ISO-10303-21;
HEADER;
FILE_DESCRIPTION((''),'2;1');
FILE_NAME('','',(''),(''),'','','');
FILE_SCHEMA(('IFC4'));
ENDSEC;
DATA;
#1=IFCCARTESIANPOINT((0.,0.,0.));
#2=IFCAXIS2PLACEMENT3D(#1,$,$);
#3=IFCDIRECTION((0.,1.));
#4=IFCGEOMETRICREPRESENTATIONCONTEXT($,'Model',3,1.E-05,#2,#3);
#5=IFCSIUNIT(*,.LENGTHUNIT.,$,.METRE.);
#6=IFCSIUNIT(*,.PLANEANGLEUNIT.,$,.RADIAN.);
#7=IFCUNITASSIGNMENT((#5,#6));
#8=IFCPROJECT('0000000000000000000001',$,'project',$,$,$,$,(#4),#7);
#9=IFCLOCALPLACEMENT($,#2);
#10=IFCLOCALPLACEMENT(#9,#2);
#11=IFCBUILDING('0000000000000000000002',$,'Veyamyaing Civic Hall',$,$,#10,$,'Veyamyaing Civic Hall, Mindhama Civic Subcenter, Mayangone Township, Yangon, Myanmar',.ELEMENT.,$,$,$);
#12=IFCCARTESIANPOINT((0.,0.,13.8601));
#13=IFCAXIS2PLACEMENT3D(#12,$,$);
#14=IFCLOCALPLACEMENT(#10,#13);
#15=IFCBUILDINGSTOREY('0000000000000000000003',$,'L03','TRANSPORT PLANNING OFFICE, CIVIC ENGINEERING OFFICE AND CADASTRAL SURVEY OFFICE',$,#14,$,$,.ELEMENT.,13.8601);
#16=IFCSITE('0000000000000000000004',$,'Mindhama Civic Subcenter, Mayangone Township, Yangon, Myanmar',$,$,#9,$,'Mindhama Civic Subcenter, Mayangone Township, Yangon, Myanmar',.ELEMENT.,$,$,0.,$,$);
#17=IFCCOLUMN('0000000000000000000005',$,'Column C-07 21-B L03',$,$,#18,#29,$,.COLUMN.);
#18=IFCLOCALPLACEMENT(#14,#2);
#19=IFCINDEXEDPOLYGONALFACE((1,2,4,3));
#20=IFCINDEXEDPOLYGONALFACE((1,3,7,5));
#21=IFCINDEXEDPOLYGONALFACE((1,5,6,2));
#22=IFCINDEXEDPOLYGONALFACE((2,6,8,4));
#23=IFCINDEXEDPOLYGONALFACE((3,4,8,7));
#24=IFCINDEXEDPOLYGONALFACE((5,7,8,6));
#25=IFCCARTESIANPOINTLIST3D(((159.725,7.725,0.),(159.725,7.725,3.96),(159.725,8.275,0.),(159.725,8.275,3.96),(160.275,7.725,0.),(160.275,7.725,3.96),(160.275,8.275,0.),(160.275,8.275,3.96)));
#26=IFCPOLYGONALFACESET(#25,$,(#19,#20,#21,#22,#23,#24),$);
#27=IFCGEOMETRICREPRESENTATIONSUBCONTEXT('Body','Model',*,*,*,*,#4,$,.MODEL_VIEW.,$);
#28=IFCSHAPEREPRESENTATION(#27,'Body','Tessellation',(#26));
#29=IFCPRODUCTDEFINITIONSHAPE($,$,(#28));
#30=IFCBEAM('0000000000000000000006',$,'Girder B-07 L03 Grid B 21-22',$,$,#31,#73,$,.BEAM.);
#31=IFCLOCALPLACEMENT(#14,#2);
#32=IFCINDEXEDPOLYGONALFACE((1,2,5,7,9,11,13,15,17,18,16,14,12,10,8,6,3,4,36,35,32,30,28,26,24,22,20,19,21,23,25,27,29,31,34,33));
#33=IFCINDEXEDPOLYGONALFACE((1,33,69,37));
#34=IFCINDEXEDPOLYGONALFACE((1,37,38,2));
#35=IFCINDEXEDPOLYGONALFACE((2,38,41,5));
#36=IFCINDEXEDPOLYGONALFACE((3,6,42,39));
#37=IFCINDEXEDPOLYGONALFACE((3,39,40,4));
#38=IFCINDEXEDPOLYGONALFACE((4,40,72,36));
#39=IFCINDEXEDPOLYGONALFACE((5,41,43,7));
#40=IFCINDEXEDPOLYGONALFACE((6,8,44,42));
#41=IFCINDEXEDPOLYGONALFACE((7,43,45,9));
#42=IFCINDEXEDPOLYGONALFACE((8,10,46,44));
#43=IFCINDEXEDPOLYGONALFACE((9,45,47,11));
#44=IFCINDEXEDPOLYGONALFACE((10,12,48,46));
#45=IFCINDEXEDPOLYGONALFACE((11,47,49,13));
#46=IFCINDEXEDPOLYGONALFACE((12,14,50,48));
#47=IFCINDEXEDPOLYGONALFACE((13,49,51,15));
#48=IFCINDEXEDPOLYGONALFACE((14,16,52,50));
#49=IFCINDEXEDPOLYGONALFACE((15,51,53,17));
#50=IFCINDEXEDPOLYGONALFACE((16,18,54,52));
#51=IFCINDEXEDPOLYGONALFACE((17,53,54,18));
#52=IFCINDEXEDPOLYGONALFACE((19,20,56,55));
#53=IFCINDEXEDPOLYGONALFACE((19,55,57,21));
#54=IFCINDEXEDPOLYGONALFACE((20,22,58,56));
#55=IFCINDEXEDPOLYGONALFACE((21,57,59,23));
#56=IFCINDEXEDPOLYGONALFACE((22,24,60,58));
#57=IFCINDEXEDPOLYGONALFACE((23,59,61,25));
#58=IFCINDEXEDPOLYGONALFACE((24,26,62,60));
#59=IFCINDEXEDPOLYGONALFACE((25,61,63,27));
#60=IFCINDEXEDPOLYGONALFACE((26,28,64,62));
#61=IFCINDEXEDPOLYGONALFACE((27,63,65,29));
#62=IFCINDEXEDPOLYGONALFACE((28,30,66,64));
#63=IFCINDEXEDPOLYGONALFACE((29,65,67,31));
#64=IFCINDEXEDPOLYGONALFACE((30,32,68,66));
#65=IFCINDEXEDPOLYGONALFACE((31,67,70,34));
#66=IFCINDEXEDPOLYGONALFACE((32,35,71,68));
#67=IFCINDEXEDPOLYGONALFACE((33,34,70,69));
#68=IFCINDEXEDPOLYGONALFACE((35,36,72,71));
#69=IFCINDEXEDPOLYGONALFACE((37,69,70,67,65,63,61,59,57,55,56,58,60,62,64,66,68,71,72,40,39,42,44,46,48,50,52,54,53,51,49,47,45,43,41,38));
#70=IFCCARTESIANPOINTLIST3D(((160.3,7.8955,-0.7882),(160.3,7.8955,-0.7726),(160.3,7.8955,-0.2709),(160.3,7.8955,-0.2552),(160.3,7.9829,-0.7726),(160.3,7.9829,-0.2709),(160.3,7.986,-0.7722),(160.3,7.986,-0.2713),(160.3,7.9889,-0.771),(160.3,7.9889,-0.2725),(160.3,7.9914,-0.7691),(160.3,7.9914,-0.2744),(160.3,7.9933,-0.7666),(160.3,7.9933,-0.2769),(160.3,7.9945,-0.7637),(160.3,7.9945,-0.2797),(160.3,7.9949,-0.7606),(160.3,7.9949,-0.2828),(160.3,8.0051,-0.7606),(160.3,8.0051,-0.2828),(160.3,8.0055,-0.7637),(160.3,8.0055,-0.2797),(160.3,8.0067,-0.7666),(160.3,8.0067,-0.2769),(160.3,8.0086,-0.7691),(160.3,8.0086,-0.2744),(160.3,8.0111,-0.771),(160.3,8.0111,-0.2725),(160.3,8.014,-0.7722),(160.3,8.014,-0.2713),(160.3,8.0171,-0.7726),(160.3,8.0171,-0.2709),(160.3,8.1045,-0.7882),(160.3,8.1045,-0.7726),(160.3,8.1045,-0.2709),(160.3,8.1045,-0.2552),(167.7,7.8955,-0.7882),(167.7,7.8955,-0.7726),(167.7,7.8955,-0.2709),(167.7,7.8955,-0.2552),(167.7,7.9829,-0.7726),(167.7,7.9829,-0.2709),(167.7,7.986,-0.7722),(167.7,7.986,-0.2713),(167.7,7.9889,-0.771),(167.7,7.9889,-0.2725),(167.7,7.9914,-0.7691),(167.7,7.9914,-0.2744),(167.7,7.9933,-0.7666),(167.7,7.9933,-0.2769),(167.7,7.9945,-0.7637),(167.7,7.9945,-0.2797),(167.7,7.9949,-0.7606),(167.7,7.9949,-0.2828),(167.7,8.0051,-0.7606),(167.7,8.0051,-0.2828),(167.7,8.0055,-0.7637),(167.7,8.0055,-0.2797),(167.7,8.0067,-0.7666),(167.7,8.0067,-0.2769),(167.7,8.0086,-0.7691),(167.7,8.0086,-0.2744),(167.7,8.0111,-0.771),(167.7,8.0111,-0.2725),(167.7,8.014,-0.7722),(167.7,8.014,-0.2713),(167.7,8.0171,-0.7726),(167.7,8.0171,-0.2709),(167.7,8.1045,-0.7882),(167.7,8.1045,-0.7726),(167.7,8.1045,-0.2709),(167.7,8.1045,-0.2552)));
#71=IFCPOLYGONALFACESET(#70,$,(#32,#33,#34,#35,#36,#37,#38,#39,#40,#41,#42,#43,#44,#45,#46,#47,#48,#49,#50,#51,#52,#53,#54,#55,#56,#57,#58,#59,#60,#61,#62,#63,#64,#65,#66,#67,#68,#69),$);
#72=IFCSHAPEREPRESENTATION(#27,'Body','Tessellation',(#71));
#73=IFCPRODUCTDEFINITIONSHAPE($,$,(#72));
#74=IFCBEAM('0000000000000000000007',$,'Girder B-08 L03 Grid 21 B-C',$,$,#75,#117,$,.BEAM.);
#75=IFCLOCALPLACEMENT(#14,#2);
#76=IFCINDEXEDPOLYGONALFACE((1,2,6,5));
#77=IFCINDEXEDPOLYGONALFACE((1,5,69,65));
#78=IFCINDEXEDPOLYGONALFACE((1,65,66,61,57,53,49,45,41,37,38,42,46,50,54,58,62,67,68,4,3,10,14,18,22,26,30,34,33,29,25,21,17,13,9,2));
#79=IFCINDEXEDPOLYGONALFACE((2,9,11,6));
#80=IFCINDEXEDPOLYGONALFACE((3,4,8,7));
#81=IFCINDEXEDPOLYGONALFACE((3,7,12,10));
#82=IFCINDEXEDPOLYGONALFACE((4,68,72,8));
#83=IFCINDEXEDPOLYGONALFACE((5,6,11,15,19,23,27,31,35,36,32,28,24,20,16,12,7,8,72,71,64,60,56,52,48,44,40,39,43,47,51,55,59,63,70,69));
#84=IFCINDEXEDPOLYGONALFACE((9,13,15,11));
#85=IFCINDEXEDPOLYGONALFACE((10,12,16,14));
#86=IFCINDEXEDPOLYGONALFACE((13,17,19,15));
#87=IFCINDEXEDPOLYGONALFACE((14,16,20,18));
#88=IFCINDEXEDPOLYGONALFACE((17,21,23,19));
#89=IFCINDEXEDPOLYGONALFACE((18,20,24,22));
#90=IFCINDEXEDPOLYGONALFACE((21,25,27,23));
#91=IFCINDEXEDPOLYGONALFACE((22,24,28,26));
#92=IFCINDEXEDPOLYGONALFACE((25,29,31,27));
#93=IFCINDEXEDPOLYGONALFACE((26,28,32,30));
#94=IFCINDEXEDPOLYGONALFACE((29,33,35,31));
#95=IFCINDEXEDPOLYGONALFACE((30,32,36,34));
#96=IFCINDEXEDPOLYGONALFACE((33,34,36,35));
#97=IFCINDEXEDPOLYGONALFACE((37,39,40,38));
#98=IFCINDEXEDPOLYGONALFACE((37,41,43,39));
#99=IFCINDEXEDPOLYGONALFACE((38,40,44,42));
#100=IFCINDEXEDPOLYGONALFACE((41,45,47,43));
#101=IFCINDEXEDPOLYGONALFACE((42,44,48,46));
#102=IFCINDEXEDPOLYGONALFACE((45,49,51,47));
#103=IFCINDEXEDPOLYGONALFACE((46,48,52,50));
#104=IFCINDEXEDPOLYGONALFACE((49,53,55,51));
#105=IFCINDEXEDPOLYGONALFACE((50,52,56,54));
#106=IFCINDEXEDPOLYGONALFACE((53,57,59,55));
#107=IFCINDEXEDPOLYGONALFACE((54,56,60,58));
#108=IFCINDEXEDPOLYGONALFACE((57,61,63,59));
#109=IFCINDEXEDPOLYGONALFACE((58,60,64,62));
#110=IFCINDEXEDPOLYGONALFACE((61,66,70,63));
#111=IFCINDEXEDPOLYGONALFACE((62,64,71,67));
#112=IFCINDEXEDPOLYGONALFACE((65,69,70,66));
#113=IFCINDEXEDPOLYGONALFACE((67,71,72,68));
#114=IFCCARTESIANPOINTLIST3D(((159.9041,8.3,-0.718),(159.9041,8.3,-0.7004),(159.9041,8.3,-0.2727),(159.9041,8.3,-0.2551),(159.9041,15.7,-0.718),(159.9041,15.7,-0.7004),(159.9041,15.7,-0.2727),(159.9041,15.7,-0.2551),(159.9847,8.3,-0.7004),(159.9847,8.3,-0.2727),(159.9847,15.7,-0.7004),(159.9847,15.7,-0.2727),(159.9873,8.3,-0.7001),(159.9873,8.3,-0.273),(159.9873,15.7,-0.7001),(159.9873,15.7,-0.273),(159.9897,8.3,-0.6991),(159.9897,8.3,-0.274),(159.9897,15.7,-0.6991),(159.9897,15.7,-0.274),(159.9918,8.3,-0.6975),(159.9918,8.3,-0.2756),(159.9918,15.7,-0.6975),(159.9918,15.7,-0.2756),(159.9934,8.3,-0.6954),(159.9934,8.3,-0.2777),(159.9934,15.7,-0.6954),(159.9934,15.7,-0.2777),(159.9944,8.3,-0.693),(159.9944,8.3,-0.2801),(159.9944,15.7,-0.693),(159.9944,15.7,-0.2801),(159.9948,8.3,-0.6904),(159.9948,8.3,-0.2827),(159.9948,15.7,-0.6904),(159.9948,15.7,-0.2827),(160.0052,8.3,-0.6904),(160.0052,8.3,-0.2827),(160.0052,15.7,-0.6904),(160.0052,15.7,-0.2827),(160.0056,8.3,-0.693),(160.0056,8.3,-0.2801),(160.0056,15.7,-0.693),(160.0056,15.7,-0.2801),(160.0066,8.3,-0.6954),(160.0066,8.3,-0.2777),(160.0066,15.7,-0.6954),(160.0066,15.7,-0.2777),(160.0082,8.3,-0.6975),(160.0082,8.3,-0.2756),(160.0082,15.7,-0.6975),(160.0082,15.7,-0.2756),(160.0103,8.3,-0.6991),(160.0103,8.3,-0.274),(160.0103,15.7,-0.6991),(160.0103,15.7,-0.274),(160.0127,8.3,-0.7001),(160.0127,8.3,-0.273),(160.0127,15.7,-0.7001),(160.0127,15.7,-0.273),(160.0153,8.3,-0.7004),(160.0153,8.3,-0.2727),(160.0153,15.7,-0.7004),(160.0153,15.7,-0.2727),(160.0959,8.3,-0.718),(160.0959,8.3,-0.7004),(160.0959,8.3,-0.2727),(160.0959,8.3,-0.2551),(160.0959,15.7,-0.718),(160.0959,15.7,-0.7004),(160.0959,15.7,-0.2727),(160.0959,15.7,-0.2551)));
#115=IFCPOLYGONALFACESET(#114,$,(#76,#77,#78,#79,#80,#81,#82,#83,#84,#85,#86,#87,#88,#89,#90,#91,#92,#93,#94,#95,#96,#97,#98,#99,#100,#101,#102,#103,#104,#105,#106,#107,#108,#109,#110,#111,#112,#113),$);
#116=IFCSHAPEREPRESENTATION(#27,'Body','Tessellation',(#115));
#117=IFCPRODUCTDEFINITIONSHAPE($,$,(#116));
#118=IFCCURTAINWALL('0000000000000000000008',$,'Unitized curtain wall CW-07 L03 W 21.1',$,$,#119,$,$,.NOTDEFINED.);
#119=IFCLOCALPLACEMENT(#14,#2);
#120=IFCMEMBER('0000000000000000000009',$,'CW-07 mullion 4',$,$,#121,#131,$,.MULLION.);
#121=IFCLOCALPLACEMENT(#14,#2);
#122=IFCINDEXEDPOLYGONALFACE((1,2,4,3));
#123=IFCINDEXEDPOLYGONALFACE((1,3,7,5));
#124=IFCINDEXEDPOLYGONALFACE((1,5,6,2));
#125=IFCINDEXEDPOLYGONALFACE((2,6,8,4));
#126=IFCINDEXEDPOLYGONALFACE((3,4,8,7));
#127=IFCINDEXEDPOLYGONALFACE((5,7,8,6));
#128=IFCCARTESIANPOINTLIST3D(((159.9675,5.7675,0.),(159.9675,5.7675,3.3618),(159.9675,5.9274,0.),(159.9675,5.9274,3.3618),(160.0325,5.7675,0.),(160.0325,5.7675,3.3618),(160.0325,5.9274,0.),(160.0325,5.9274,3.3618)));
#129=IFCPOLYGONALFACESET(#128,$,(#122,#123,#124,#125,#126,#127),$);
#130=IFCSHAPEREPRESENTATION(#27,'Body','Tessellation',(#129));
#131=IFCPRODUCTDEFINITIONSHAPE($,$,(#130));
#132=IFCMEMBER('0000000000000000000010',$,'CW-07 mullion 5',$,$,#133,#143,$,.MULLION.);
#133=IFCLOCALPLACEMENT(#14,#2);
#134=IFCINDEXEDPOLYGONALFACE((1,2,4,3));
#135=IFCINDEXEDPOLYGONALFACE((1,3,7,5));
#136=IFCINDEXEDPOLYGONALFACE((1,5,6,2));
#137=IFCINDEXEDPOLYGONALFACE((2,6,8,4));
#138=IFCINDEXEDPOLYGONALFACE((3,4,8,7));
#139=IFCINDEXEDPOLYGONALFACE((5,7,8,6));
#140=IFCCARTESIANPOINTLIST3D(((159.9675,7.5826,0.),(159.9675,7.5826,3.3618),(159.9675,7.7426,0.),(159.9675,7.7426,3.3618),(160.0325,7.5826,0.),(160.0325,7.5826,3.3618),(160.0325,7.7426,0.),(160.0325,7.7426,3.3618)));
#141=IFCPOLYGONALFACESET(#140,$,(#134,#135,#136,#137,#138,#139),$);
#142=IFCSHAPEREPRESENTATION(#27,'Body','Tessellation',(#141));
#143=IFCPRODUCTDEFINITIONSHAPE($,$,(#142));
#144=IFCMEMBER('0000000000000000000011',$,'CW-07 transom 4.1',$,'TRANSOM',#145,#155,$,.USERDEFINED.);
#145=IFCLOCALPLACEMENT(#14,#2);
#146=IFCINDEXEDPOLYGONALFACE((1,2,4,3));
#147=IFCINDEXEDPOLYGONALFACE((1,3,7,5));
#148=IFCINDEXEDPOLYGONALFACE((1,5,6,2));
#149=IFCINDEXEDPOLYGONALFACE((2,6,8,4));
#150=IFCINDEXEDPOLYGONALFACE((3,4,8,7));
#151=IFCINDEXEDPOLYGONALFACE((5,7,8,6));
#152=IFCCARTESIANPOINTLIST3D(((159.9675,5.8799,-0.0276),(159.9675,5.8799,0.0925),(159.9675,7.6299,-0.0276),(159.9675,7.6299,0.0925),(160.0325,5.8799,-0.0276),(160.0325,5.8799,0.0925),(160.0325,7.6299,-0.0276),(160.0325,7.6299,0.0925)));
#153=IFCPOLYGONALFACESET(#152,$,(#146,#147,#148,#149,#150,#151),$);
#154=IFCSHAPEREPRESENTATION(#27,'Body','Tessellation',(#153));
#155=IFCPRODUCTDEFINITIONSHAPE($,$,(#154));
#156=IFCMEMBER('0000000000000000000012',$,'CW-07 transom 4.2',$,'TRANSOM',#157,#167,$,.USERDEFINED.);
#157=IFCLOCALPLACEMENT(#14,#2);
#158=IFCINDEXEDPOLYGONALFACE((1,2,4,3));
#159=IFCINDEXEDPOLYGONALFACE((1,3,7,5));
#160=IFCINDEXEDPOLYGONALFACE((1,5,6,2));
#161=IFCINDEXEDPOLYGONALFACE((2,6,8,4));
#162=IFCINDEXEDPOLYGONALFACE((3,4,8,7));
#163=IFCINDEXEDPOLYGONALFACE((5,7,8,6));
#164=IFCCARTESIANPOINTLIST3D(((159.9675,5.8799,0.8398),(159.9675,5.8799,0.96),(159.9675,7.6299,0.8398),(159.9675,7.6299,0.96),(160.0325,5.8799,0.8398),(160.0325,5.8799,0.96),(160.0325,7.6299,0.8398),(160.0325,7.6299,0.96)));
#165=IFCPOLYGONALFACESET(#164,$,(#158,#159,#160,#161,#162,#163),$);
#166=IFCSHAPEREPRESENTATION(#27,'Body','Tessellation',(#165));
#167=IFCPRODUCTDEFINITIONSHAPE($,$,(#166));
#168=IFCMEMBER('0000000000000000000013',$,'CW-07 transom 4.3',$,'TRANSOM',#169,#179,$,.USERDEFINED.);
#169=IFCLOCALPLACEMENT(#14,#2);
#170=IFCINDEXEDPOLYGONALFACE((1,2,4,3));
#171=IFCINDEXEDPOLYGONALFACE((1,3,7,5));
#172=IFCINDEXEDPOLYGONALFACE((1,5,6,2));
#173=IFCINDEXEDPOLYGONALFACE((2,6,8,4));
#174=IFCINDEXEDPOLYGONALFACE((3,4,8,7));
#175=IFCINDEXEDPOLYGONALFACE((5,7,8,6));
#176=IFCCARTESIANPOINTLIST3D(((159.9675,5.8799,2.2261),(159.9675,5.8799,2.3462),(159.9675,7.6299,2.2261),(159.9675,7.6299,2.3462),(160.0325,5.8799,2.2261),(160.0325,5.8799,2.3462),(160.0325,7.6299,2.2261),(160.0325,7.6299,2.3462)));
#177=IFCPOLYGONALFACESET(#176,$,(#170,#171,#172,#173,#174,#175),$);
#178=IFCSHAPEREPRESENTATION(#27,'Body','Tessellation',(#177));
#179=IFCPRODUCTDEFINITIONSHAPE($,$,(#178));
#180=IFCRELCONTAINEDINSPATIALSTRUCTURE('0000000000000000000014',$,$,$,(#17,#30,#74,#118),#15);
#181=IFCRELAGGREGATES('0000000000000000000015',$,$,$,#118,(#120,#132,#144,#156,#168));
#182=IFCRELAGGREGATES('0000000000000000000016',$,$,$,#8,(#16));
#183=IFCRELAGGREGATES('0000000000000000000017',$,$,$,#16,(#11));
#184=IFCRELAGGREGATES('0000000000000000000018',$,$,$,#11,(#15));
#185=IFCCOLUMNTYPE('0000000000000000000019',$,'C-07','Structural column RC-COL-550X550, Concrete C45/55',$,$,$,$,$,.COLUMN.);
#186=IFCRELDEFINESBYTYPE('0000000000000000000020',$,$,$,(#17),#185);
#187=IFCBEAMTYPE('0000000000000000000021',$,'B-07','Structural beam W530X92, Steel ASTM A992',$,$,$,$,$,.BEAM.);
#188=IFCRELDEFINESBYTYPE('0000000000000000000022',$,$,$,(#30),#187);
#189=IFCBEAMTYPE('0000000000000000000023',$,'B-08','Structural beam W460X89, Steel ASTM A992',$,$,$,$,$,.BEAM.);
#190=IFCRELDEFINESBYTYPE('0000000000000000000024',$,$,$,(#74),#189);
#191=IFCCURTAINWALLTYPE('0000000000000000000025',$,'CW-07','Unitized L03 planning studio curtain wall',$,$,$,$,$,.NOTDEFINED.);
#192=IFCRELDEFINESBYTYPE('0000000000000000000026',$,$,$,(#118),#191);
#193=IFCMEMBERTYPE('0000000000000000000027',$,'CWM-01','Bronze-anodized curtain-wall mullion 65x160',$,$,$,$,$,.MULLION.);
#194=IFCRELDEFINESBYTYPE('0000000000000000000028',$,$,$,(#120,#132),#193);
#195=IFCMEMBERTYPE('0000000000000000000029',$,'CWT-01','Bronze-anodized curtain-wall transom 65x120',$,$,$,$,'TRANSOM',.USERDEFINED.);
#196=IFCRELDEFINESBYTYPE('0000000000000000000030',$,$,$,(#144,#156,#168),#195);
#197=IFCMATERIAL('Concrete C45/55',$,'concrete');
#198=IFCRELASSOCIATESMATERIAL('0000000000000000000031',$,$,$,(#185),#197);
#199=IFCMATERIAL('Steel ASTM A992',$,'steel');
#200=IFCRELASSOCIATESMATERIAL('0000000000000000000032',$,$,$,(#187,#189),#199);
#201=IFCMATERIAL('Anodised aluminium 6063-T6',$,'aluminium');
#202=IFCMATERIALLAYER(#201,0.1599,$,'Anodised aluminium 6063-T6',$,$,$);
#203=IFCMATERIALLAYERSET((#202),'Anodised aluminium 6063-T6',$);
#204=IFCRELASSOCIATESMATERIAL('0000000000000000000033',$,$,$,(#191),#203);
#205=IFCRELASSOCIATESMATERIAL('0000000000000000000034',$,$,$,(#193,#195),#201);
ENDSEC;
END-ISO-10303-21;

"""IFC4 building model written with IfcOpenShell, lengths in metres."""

from ifc_helpers import new_model, si_unit, direction, frame, origin, origin_2d, place, context, subcontext, project, spatial, rectangle, i_section, extrude, material, layer, layer_set, material_profile, profile_set, type_object, element, aggregate, save


model = new_model("IFC4")

# Units and contexts
model_context = context("Model", 3, precision=1e-05, world=origin(), true_north=direction((0.0, 1.0)))
body_context = subcontext(model_context, "Body", "Model", "MODEL_VIEW")
ifc_project = project(units=[si_unit("LENGTHUNIT", "METRE"), si_unit("PLANEANGLEUNIT", "RADIAN")], contexts=[model_context])

# Site, building, storey
site_placement = place(None, origin())
site = spatial("IfcSite", under=ifc_project, at=site_placement, Name="Mindhama Civic Subcenter, Mayangone Township, Yangon, Myanmar", LongName="Mindhama Civic Subcenter, Mayangone Township, Yangon, Myanmar", CompositionType="ELEMENT", RefElevation=0.0)
building_placement = place(site_placement, origin())
building = spatial("IfcBuilding", under=site, at=building_placement, Name="Veyamyaing Civic Hall", LongName="Veyamyaing Civic Hall, Mindhama Civic Subcenter, Mayangone Township, Yangon, Myanmar", CompositionType="ELEMENT")
storey_placement = place(building_placement, frame((0.0, 0.0, 13.8601)))
storey = spatial("IfcBuildingStorey", under=building, at=storey_placement, Name="L03", Description="TRANSPORT PLANNING OFFICE, CIVIC ENGINEERING OFFICE AND CADASTRAL SURVEY OFFICE", CompositionType="ELEMENT", Elevation=13.8601)

# Column
ifc_material_1 = material(Name="Concrete C45/55", Category="concrete")
ifc_material_profile_1 = material_profile(ifc_material_1, rectangle(XDim=0.55, YDim=0.55, at=origin_2d()), Name="RC-COL-550X550")
ifc_profile_set_1 = profile_set([ifc_material_profile_1], Name="Concrete C45/55")
column_type = type_object("IfcColumnType", Name="C-07", Description="Structural column RC-COL-550X550, Concrete C45/55", PredefinedType="COLUMN", material=ifc_profile_set_1)
column_placement = place(storey_placement, frame((160.0, 8.0, 0.0), z_axis=(0.0, 0.0, 1.0), x_axis=(1.0, 0.0, 0.0)))
element("IfcColumn", 1, at=column_placement, inside=storey, type_object=column_type, Name="Column C-07 21-B L03", PredefinedType="COLUMN", context=body_context, shape_type="SweptSolid", body=[
    extrude(rectangle(XDim=0.55, YDim=0.55, at=origin_2d()), origin(), (0.0, 0.0, 1.0), 3.96),
])

# Beams
ifc_material_2 = material(Name="Steel ASTM A992", Category="steel")
ifc_material_profile_2 = material_profile(ifc_material_2, i_section(OverallWidth=0.209, OverallDepth=0.533, WebThickness=0.0103, FlangeThickness=0.0156, FilletRadius=0.012, at=origin_2d()), Name="W530X92")
ifc_profile_set_2 = profile_set([ifc_material_profile_2], Name="Steel ASTM A992")
beam_type_1 = type_object("IfcBeamType", Name="B-07", Description="Structural beam W530X92, Steel ASTM A992", PredefinedType="BEAM", material=ifc_profile_set_2)
beam_1_placement = place(storey_placement, frame((160.3, 8.0, -0.5217), z_axis=(1.0, 0.0, 0.0), x_axis=(0.0, 1.0, 0.0)))
element("IfcBeam", 2, at=beam_1_placement, inside=storey, type_object=beam_type_1, Name="Girder B-07 L03 Grid B 21-22", PredefinedType="BEAM", context=body_context, shape_type="SweptSolid", body=[
    extrude(i_section(OverallWidth=0.209, OverallDepth=0.533, WebThickness=0.0103, FlangeThickness=0.0156, FilletRadius=0.012, at=origin_2d()), origin(), (0.0, 0.0, 1.0), 7.3999),
])
ifc_material_profile_3 = material_profile(ifc_material_2, i_section(OverallWidth=0.1919, OverallDepth=0.4629, WebThickness=0.0105, FlangeThickness=0.0176, FilletRadius=0.01, at=origin_2d()), Name="W460X89")
ifc_profile_set_3 = profile_set([ifc_material_profile_3], Name="Steel ASTM A992")
beam_type_2 = type_object("IfcBeamType", Name="B-08", Description="Structural beam W460X89, Steel ASTM A992", PredefinedType="BEAM", material=ifc_profile_set_3)
beam_2_placement = place(storey_placement, frame((160.0, 8.3, -0.4866), z_axis=(0.0, 1.0, 0.0), x_axis=(-1.0, 0.0, 0.0)))
element("IfcBeam", 3, at=beam_2_placement, inside=storey, type_object=beam_type_2, Name="Girder B-08 L03 Grid 21 B-C", PredefinedType="BEAM", context=body_context, shape_type="SweptSolid", body=[
    extrude(i_section(OverallWidth=0.1919, OverallDepth=0.4629, WebThickness=0.0105, FlangeThickness=0.0176, FilletRadius=0.01, at=origin_2d()), origin(), (0.0, 0.0, 1.0), 7.3999),
])

# Curtain wall, members
ifc_material_3 = material(Name="Anodised aluminium 6063-T6", Category="aluminium")
ifc_layer_1 = layer(ifc_material_3, 0.1599, Name="Anodised aluminium 6063-T6")
ifc_layer_set_1 = layer_set([ifc_layer_1], Name="Anodised aluminium 6063-T6")
curtain_wall_type = type_object("IfcCurtainWallType", Name="CW-07", Description="Unitized L03 planning studio curtain wall", PredefinedType="NOTDEFINED", material=ifc_layer_set_1)
curtain_wall_placement = place(storey_placement, origin())
curtain_wall = element("IfcCurtainWall", 4, at=curtain_wall_placement, inside=storey, type_object=curtain_wall_type, Name="Unitized curtain wall CW-07 L03 W 21.1", PredefinedType="NOTDEFINED")
ifc_material_profile_4 = material_profile(ifc_material_3, rectangle(XDim=0.0649, YDim=0.1599, at=origin_2d()), Name="ALU-MUL-65X160")
ifc_profile_set_4 = profile_set([ifc_material_profile_4], Name="Anodised aluminium 6063-T6")
member_type_1 = type_object("IfcMemberType", Name="CWM-01", Description="Bronze-anodized curtain-wall mullion 65x160", PredefinedType="MULLION", material=ifc_profile_set_4)
member_1_placement = place(storey_placement, frame((160.0, 5.8474, 0.0), z_axis=(0.0, 0.0, 1.0), x_axis=(-1.0, 0.0, 0.0)))
member_1 = element("IfcMember", 5, at=member_1_placement, type_object=member_type_1, Name="CW-07 mullion 4", PredefinedType="MULLION", context=body_context, shape_type="SweptSolid", body=[
    extrude(rectangle(XDim=0.0649, YDim=0.1599, at=origin_2d()), origin(), (0.0, 0.0, 1.0), 3.3618),
])
member_2_placement = place(storey_placement, frame((160.0, 7.6626, 0.0), z_axis=(0.0, 0.0, 1.0), x_axis=(-1.0, 0.0, 0.0)))
member_2 = element("IfcMember", 6, at=member_2_placement, type_object=member_type_1, Name="CW-07 mullion 5", PredefinedType="MULLION", context=body_context, shape_type="SweptSolid", body=[
    extrude(rectangle(XDim=0.0649, YDim=0.1599, at=origin_2d()), origin(), (0.0, 0.0, 1.0), 3.3618),
])
ifc_material_profile_5 = material_profile(ifc_material_3, rectangle(XDim=0.0649, YDim=0.1201, at=origin_2d()), Name="ALU-TRN-65X120")
ifc_profile_set_5 = profile_set([ifc_material_profile_5], Name="Anodised aluminium 6063-T6")
member_type_2 = type_object("IfcMemberType", Name="CWT-01", Description="Bronze-anodized curtain-wall transom 65x120", ElementType="TRANSOM", PredefinedType="USERDEFINED", material=ifc_profile_set_5)
member_3_placement = place(storey_placement, frame((160.0, 5.8799, 0.0325), z_axis=(0.0, 1.0, 0.0), x_axis=(-1.0, 0.0, 0.0)))
member_3 = element("IfcMember", 7, at=member_3_placement, type_object=member_type_2, Name="CW-07 transom 4.1", ObjectType="TRANSOM", PredefinedType="USERDEFINED", context=body_context, shape_type="SweptSolid", body=[
    extrude(rectangle(XDim=0.0649, YDim=0.1201, at=origin_2d()), origin(), (0.0, 0.0, 1.0), 1.75),
])
member_4_placement = place(storey_placement, frame((160.0, 5.8799, 0.8999), z_axis=(0.0, 1.0, 0.0), x_axis=(-1.0, 0.0, 0.0)))
member_4 = element("IfcMember", 8, at=member_4_placement, type_object=member_type_2, Name="CW-07 transom 4.2", ObjectType="TRANSOM", PredefinedType="USERDEFINED", context=body_context, shape_type="SweptSolid", body=[
    extrude(rectangle(XDim=0.0649, YDim=0.1201, at=origin_2d()), origin(), (0.0, 0.0, 1.0), 1.75),
])
member_5_placement = place(storey_placement, frame((160.0, 5.8799, 2.2861), z_axis=(0.0, 1.0, 0.0), x_axis=(-1.0, 0.0, 0.0)))
member_5 = element("IfcMember", 9, at=member_5_placement, type_object=member_type_2, Name="CW-07 transom 4.3", ObjectType="TRANSOM", PredefinedType="USERDEFINED", context=body_context, shape_type="SweptSolid", body=[
    extrude(rectangle(XDim=0.0649, YDim=0.1201, at=origin_2d()), origin(), (0.0, 0.0, 1.0), 1.75),
])

aggregate(curtain_wall, [member_1, member_2, member_3, member_4, member_5])

save(model, "model.ifc")
